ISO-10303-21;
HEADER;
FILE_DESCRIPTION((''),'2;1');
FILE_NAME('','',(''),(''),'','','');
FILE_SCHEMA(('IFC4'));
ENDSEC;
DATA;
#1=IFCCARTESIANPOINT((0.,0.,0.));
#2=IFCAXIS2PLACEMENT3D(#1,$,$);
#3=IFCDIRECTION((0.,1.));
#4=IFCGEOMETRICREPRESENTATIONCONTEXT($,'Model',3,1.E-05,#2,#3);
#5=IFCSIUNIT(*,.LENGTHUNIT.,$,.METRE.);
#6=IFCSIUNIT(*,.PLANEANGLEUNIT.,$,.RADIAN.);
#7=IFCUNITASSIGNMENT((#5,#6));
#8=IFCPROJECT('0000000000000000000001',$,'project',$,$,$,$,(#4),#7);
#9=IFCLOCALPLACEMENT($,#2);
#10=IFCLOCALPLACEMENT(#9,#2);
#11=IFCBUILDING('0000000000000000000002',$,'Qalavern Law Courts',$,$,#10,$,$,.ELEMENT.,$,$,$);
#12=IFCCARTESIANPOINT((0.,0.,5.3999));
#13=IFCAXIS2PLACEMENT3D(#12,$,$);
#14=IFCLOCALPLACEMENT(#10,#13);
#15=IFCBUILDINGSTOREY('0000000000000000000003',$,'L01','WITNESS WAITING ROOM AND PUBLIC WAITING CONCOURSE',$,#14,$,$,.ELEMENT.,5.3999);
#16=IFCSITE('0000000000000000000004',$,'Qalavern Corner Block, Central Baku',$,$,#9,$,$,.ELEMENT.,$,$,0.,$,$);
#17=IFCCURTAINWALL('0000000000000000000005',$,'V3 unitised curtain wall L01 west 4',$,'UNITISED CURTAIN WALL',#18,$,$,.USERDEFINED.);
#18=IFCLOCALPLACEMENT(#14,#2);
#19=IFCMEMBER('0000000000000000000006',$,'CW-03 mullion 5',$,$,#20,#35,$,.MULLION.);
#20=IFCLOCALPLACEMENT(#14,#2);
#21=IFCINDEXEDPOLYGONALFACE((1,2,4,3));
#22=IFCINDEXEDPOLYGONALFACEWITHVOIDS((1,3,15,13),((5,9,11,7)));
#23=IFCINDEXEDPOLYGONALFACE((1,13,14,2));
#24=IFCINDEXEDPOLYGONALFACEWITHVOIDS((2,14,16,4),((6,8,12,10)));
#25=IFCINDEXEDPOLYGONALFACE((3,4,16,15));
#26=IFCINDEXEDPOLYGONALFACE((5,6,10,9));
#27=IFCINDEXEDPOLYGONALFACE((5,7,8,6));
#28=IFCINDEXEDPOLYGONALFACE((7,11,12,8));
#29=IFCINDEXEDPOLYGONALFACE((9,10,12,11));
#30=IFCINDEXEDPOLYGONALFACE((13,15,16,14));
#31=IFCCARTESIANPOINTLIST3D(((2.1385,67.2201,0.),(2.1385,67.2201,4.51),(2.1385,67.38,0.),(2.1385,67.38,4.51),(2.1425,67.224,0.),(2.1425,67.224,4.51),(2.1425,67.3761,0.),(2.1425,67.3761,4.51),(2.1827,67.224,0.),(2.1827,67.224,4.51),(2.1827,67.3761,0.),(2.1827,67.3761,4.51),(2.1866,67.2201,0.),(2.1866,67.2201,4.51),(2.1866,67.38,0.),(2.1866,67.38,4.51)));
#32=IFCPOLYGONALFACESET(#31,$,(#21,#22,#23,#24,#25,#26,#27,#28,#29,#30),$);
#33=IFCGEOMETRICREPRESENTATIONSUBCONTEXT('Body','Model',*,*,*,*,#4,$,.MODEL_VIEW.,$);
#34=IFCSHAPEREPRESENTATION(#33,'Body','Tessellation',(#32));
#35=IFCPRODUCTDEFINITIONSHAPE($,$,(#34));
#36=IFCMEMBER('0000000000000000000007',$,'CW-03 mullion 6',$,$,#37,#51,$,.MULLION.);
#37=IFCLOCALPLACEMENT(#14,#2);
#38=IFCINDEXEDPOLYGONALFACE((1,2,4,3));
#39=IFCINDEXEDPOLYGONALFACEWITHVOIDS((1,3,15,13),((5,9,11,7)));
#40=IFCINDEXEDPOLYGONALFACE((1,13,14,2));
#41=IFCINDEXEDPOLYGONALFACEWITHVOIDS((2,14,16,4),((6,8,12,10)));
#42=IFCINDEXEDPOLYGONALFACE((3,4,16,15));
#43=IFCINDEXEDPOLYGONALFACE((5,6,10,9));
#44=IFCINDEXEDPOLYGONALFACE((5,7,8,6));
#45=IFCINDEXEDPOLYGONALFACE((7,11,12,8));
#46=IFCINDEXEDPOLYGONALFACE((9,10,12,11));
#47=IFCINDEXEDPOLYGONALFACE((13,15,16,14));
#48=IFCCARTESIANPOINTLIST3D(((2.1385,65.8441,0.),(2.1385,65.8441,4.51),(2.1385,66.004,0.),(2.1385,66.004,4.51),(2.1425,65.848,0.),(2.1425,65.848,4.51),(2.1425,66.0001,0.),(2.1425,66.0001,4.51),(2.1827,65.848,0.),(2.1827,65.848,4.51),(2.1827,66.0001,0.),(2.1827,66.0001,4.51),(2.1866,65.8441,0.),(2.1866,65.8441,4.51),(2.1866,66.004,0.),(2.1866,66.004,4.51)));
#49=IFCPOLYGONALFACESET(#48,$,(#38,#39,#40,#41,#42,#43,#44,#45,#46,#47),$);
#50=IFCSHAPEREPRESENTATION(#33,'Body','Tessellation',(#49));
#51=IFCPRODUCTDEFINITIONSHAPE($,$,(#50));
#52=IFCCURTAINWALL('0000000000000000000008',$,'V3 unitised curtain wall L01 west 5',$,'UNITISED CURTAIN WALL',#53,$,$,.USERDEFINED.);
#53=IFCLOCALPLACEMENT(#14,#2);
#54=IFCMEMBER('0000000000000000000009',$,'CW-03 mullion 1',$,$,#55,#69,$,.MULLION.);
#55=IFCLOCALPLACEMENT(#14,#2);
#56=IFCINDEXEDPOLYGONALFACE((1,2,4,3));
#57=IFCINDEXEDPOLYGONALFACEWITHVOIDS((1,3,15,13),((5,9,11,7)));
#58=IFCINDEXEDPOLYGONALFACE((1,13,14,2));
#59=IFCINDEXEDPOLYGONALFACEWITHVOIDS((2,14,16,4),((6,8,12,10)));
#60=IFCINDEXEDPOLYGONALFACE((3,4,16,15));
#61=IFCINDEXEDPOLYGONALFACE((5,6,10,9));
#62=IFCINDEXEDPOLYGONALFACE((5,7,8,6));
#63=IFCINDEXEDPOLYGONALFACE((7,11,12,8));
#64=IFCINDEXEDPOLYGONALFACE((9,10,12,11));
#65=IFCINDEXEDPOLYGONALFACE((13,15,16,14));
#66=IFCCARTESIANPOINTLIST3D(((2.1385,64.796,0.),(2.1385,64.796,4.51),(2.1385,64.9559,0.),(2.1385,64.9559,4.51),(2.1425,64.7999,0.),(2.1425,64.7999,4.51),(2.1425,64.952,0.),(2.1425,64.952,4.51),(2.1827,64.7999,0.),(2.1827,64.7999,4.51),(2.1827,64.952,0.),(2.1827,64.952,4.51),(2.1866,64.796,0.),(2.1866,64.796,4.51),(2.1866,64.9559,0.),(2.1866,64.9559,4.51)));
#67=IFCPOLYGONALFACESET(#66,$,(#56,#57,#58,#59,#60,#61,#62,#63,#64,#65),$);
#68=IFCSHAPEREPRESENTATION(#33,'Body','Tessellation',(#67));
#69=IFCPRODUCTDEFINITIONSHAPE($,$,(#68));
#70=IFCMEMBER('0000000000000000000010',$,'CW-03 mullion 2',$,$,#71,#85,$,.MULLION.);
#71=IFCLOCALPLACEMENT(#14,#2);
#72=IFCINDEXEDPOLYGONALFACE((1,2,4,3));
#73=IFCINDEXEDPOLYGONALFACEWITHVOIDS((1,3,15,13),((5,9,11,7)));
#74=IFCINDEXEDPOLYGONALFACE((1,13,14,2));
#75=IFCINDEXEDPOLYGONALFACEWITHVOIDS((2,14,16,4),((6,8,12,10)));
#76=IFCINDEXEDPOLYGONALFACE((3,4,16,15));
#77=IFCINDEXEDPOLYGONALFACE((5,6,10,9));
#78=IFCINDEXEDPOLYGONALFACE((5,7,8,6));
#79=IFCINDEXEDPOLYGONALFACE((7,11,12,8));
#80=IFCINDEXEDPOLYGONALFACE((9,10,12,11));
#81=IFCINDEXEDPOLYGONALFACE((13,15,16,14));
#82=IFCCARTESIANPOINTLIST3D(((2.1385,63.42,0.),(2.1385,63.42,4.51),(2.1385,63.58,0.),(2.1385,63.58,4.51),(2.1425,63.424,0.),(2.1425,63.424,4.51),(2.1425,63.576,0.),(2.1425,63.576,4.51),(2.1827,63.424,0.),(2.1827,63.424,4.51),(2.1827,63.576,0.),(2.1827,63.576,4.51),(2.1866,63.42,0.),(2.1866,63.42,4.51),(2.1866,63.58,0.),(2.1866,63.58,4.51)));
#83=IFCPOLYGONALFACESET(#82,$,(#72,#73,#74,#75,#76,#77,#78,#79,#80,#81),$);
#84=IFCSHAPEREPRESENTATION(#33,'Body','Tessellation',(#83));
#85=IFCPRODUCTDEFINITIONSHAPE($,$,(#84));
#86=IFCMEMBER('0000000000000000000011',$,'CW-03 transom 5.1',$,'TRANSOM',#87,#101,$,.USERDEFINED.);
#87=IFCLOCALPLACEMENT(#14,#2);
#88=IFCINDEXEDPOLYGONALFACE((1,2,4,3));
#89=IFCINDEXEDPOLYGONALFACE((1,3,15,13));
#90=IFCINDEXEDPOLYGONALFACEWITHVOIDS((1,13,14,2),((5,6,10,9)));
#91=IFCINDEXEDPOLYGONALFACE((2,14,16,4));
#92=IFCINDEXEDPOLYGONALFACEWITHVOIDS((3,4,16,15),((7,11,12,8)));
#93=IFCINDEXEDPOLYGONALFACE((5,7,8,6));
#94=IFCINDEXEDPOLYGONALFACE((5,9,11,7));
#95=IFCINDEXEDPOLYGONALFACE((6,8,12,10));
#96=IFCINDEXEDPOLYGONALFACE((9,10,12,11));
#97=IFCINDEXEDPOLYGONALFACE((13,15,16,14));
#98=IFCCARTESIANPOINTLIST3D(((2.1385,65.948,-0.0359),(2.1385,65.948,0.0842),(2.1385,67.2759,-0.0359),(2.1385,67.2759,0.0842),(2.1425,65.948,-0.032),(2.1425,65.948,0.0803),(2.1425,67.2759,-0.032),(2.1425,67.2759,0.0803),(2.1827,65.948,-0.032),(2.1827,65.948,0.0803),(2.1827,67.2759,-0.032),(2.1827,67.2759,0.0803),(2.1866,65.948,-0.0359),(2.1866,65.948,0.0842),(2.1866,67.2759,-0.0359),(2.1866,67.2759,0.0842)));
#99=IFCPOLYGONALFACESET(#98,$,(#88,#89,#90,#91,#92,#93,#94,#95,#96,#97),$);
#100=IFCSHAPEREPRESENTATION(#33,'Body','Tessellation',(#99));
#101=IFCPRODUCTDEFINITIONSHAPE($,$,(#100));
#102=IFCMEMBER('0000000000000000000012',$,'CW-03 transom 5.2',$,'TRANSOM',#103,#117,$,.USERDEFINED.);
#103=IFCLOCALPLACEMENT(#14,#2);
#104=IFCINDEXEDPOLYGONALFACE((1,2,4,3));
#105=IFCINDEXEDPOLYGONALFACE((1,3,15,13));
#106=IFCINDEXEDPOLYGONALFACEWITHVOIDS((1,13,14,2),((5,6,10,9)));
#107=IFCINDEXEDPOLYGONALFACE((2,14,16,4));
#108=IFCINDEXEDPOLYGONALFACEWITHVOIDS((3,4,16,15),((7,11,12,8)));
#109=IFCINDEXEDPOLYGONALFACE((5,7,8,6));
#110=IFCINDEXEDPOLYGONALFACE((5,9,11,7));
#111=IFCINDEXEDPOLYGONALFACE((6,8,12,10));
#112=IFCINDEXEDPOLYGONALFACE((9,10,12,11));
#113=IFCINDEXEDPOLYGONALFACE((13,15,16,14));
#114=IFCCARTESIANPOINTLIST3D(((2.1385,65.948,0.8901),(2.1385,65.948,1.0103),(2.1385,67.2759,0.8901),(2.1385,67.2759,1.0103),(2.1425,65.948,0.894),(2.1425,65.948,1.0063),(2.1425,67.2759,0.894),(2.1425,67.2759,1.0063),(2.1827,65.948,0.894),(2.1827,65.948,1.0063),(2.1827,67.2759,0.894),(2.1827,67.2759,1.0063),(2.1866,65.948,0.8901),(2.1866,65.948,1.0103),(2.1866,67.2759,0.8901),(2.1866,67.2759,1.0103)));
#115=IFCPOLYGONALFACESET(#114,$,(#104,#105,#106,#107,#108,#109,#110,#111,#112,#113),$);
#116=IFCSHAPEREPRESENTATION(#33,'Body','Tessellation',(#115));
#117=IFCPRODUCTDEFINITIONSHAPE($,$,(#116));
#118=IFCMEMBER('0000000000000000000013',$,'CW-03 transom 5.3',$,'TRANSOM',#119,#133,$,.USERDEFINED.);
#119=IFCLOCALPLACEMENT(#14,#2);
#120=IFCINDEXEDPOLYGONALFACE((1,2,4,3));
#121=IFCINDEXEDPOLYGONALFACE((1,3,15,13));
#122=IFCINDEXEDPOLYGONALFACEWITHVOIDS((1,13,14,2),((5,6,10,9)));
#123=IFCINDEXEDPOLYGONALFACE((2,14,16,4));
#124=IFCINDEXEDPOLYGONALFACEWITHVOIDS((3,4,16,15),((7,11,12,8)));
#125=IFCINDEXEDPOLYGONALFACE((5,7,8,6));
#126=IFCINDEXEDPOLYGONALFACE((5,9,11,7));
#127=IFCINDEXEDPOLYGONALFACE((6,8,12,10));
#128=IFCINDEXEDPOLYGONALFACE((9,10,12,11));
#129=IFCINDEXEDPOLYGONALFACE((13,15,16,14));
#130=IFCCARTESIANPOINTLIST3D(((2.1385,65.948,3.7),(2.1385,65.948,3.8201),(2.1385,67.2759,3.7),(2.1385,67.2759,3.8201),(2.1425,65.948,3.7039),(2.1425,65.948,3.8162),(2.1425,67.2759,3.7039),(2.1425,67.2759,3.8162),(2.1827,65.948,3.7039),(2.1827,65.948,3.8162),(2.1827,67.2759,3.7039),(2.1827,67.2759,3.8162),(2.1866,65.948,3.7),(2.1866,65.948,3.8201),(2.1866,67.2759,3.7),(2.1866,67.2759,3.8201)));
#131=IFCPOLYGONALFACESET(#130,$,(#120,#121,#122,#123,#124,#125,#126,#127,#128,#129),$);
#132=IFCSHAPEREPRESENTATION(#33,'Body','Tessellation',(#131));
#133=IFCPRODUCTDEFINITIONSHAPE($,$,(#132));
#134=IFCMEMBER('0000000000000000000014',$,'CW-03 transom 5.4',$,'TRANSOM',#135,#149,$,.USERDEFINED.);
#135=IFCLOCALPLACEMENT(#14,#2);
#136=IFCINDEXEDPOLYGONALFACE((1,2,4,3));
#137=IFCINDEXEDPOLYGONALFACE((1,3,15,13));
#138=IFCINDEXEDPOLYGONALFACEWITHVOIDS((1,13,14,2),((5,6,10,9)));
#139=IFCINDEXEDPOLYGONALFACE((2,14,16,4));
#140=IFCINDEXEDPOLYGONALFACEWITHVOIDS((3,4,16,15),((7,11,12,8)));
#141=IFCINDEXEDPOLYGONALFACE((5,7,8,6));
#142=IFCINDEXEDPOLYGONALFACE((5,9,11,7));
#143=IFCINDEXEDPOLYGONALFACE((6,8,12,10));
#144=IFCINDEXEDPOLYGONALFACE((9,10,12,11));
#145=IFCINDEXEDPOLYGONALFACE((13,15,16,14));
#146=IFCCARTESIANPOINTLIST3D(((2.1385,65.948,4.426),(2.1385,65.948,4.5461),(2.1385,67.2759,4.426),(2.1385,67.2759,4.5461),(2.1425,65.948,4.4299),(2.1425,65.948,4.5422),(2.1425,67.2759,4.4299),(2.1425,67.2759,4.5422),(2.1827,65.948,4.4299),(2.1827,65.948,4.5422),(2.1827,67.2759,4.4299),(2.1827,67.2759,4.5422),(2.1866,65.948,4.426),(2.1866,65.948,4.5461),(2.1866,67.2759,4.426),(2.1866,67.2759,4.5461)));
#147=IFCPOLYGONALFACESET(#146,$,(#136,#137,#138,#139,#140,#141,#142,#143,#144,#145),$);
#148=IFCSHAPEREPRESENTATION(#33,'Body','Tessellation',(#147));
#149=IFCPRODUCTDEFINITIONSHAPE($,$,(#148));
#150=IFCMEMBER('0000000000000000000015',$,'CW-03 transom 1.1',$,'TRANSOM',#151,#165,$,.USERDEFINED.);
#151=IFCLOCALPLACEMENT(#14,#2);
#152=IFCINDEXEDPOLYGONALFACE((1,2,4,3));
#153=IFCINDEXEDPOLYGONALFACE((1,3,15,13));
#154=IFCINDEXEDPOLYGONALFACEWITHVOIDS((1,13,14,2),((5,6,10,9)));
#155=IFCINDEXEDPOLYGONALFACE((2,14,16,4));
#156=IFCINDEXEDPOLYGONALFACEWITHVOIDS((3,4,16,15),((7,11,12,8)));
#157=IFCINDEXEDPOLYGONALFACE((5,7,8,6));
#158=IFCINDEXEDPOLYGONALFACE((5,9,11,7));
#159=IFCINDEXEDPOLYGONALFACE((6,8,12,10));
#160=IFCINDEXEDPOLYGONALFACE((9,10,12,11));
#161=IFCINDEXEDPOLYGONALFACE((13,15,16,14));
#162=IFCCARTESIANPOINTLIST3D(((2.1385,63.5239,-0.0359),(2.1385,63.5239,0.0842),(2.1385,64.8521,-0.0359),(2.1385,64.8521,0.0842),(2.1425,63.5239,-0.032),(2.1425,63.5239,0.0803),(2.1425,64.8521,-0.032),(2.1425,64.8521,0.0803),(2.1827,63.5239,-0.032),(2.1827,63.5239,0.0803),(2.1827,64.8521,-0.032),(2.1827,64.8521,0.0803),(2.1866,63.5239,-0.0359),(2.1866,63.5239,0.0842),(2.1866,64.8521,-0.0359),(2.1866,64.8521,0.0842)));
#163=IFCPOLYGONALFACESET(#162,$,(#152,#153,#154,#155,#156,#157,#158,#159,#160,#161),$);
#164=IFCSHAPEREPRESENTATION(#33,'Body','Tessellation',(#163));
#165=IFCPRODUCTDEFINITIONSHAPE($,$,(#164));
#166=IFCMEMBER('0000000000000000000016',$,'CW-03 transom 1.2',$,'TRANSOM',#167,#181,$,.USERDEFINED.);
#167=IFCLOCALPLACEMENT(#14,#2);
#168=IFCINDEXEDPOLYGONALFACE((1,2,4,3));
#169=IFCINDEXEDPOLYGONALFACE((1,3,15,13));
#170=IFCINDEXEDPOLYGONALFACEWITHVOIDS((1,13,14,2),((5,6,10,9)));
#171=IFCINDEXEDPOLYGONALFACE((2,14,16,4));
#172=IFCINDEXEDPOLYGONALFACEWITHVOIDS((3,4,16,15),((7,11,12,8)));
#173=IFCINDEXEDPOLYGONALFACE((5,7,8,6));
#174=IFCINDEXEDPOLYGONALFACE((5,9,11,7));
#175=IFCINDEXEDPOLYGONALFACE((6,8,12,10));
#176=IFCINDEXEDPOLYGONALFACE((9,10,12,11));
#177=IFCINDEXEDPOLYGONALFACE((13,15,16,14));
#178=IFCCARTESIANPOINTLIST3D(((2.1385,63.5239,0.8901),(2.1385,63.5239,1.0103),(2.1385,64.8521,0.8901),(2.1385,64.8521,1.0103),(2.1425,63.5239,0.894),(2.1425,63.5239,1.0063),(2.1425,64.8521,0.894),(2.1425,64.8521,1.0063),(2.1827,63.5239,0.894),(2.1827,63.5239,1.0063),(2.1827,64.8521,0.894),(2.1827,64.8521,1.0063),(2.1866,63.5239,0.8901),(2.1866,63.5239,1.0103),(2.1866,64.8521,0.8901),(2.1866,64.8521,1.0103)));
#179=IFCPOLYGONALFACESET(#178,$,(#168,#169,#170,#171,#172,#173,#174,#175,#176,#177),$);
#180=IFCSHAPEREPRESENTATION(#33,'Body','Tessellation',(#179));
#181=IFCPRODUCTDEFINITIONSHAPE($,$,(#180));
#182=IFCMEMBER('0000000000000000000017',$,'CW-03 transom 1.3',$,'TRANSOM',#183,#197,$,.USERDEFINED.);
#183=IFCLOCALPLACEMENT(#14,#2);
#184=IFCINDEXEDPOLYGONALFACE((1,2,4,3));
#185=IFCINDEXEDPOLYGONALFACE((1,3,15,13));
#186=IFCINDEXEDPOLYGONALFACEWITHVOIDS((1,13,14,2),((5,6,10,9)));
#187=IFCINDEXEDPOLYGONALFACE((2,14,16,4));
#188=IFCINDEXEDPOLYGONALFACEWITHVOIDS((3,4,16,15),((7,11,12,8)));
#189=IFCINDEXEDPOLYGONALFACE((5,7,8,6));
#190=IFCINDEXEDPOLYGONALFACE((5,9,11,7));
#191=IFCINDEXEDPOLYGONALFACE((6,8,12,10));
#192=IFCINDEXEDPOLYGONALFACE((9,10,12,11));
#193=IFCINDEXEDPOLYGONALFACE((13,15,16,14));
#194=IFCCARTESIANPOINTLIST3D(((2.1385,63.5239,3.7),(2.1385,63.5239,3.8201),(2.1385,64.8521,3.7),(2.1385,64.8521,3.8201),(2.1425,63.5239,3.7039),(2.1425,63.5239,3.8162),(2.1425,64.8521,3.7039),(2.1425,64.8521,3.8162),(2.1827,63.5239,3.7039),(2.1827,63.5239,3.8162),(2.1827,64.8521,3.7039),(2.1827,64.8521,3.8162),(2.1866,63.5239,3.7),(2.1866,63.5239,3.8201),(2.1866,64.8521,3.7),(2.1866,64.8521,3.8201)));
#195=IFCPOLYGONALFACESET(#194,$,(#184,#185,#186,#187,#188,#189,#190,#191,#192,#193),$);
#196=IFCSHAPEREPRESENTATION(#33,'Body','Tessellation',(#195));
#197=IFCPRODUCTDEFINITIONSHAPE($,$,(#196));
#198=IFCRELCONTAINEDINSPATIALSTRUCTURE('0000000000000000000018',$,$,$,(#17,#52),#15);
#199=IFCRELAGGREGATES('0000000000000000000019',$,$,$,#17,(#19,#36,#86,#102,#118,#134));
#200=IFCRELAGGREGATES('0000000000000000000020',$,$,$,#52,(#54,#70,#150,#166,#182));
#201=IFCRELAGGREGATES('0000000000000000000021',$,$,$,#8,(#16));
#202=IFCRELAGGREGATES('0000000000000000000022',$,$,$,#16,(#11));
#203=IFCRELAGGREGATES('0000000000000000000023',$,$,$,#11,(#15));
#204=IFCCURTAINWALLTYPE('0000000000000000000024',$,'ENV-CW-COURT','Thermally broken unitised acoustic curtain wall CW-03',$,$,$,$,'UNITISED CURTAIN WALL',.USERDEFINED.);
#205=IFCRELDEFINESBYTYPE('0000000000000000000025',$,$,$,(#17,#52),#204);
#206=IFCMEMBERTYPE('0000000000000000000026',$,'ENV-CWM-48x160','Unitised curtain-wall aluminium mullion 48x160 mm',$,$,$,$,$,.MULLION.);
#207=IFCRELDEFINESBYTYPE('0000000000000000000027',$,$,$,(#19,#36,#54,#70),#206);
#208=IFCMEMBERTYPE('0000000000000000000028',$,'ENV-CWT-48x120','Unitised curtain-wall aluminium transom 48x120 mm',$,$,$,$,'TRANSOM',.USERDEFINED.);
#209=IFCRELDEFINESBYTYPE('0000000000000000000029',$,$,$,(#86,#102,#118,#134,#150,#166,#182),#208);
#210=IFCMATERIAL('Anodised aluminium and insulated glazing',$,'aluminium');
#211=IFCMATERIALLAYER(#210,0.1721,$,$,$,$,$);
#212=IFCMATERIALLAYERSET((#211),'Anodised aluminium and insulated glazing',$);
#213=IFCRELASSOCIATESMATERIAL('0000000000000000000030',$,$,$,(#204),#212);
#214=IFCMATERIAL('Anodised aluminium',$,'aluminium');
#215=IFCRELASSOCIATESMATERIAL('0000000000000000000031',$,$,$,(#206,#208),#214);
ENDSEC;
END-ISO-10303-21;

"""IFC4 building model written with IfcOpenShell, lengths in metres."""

from ifc_helpers import new_model, si_unit, direction, frame, origin, origin_2d, place, context, subcontext, project, spatial, hollow_rectangle, extrude, material, layer, layer_set, material_profile, profile_set, type_object, element, aggregate, save


model = new_model("IFC4")

# Units and contexts
model_context = context("Model", 3, precision=1e-05, world=origin(), true_north=direction((0.0, 1.0)))
body_context = subcontext(model_context, "Body", "Model", "MODEL_VIEW")
ifc_project = project(units=[si_unit("LENGTHUNIT", "METRE"), si_unit("PLANEANGLEUNIT", "RADIAN")], contexts=[model_context])

# Site, building, storey
site_placement = place(None, origin())
site = spatial("IfcSite", under=ifc_project, at=site_placement, Name="Qalavern Corner Block, Central Baku", CompositionType="ELEMENT", RefElevation=0.0)
building_placement = place(site_placement, origin())
building = spatial("IfcBuilding", under=site, at=building_placement, Name="Qalavern Law Courts", CompositionType="ELEMENT")
storey_placement = place(building_placement, frame((0.0, 0.0, 5.3999)))
storey = spatial("IfcBuildingStorey", under=building, at=storey_placement, Name="L01", Description="WITNESS WAITING ROOM AND PUBLIC WAITING CONCOURSE", CompositionType="ELEMENT", Elevation=5.3999)

# Curtain walls, members
ifc_material_1 = material(Name="Anodised aluminium and insulated glazing", Category="aluminium")
ifc_layer_1 = layer(ifc_material_1, 0.1721)
ifc_layer_set_1 = layer_set([ifc_layer_1], Name="Anodised aluminium and insulated glazing")
curtain_wall_type = type_object("IfcCurtainWallType", Name="ENV-CW-COURT", Description="Thermally broken unitised acoustic curtain wall CW-03", ElementType="UNITISED CURTAIN WALL", PredefinedType="USERDEFINED", material=ifc_layer_set_1)
curtain_wall_1_placement = place(storey_placement, origin())
curtain_wall_1 = element("IfcCurtainWall", 1, at=curtain_wall_1_placement, inside=storey, type_object=curtain_wall_type, Name="V3 unitised curtain wall L01 west 4", ObjectType="UNITISED CURTAIN WALL", PredefinedType="USERDEFINED")
ifc_material_2 = material(Name="Anodised aluminium", Category="aluminium")
ifc_material_profile_1 = material_profile(ifc_material_2, hollow_rectangle(XDim=0.0481, YDim=0.1599, WallThickness=0.0039, at=origin_2d()), Name="ALU MULLION 48x160")
ifc_profile_set_1 = profile_set([ifc_material_profile_1], Name="Anodised aluminium")
member_type_1 = type_object("IfcMemberType", Name="ENV-CWM-48x160", Description="Unitised curtain-wall aluminium mullion 48x160 mm", PredefinedType="MULLION", material=ifc_profile_set_1)
member_1_placement = place(storey_placement, frame((2.1626, 67.3, 0.0), z_axis=(0.0, 0.0, 1.0), x_axis=(1.0, 0.0, 0.0)))
member_1 = element("IfcMember", 2, at=member_1_placement, type_object=member_type_1, Name="CW-03 mullion 5", PredefinedType="MULLION", context=body_context, shape_type="SweptSolid", body=[
    extrude(hollow_rectangle(XDim=0.0481, YDim=0.1599, WallThickness=0.0039, at=origin_2d()), origin(), (0.0, 0.0, 1.0), 4.51),
])
member_2_placement = place(storey_placement, frame((2.1626, 65.9241, 0.0), z_axis=(0.0, 0.0, 1.0), x_axis=(1.0, 0.0, 0.0)))
member_2 = element("IfcMember", 3, at=member_2_placement, type_object=member_type_1, Name="CW-03 mullion 6", PredefinedType="MULLION", context=body_context, shape_type="SweptSolid", body=[
    extrude(hollow_rectangle(XDim=0.0481, YDim=0.1599, WallThickness=0.0039, at=origin_2d()), origin(), (0.0, 0.0, 1.0), 4.51),
])
curtain_wall_2_placement = place(storey_placement, origin())
curtain_wall_2 = element("IfcCurtainWall", 4, at=curtain_wall_2_placement, inside=storey, type_object=curtain_wall_type, Name="V3 unitised curtain wall L01 west 5", ObjectType="UNITISED CURTAIN WALL", PredefinedType="USERDEFINED")
member_3_placement = place(storey_placement, frame((2.1626, 64.876, 0.0), z_axis=(0.0, 0.0, 1.0), x_axis=(1.0, 0.0, 0.0)))
member_3 = element("IfcMember", 5, at=member_3_placement, type_object=member_type_1, Name="CW-03 mullion 1", PredefinedType="MULLION", context=body_context, shape_type="SweptSolid", body=[
    extrude(hollow_rectangle(XDim=0.0481, YDim=0.1599, WallThickness=0.0039, at=origin_2d()), origin(), (0.0, 0.0, 1.0), 4.51),
])
member_4_placement = place(storey_placement, frame((2.1626, 63.5, 0.0), z_axis=(0.0, 0.0, 1.0), x_axis=(1.0, 0.0, 0.0)))
member_4 = element("IfcMember", 6, at=member_4_placement, type_object=member_type_1, Name="CW-03 mullion 2", PredefinedType="MULLION", context=body_context, shape_type="SweptSolid", body=[
    extrude(hollow_rectangle(XDim=0.0481, YDim=0.1599, WallThickness=0.0039, at=origin_2d()), origin(), (0.0, 0.0, 1.0), 4.51),
])

# Members
ifc_material_profile_2 = material_profile(ifc_material_2, hollow_rectangle(XDim=0.0481, YDim=0.1201, WallThickness=0.0039, at=origin_2d()), Name="ALU TRANSOM 48x120")
ifc_profile_set_2 = profile_set([ifc_material_profile_2], Name="Anodised aluminium")
member_type_2 = type_object("IfcMemberType", Name="ENV-CWT-48x120", Description="Unitised curtain-wall aluminium transom 48x120 mm", ElementType="TRANSOM", PredefinedType="USERDEFINED", material=ifc_profile_set_2)
member_5_placement = place(storey_placement, frame((2.1626, 67.2759, 0.0242), z_axis=(0.0, -1.0, 0.0), x_axis=(1.0, 0.0, 0.0)))
member_5 = element("IfcMember", 7, at=member_5_placement, type_object=member_type_2, Name="CW-03 transom 5.1", ObjectType="TRANSOM", PredefinedType="USERDEFINED", context=body_context, shape_type="SweptSolid", body=[
    extrude(hollow_rectangle(XDim=0.0481, YDim=0.1201, WallThickness=0.0039, at=origin_2d()), origin(), (0.0, 0.0, 1.0), 1.3279),
])
member_6_placement = place(storey_placement, frame((2.1626, 67.2759, 0.9502), z_axis=(0.0, -1.0, 0.0), x_axis=(1.0, 0.0, 0.0)))
member_6 = element("IfcMember", 8, at=member_6_placement, type_object=member_type_2, Name="CW-03 transom 5.2", ObjectType="TRANSOM", PredefinedType="USERDEFINED", context=body_context, shape_type="SweptSolid", body=[
    extrude(hollow_rectangle(XDim=0.0481, YDim=0.1201, WallThickness=0.0039, at=origin_2d()), origin(), (0.0, 0.0, 1.0), 1.3279),
])
member_7_placement = place(storey_placement, frame((2.1626, 67.2759, 3.76), z_axis=(0.0, -1.0, 0.0), x_axis=(1.0, 0.0, 0.0)))
member_7 = element("IfcMember", 9, at=member_7_placement, type_object=member_type_2, Name="CW-03 transom 5.3", ObjectType="TRANSOM", PredefinedType="USERDEFINED", context=body_context, shape_type="SweptSolid", body=[
    extrude(hollow_rectangle(XDim=0.0481, YDim=0.1201, WallThickness=0.0039, at=origin_2d()), origin(), (0.0, 0.0, 1.0), 1.3279),
])
member_8_placement = place(storey_placement, frame((2.1626, 67.2759, 4.4861), z_axis=(0.0, -1.0, 0.0), x_axis=(1.0, 0.0, 0.0)))
member_8 = element("IfcMember", 10, at=member_8_placement, type_object=member_type_2, Name="CW-03 transom 5.4", ObjectType="TRANSOM", PredefinedType="USERDEFINED", context=body_context, shape_type="SweptSolid", body=[
    extrude(hollow_rectangle(XDim=0.0481, YDim=0.1201, WallThickness=0.0039, at=origin_2d()), origin(), (0.0, 0.0, 1.0), 1.3279),
])
member_9_placement = place(storey_placement, frame((2.1626, 64.8521, 0.0242), z_axis=(0.0, -1.0, 0.0), x_axis=(1.0, 0.0, 0.0)))
member_9 = element("IfcMember", 11, at=member_9_placement, type_object=member_type_2, Name="CW-03 transom 1.1", ObjectType="TRANSOM", PredefinedType="USERDEFINED", context=body_context, shape_type="SweptSolid", body=[
    extrude(hollow_rectangle(XDim=0.0481, YDim=0.1201, WallThickness=0.0039, at=origin_2d()), origin(), (0.0, 0.0, 1.0), 1.3281),
])
member_10_placement = place(storey_placement, frame((2.1626, 64.8521, 0.9502), z_axis=(0.0, -1.0, 0.0), x_axis=(1.0, 0.0, 0.0)))
member_10 = element("IfcMember", 12, at=member_10_placement, type_object=member_type_2, Name="CW-03 transom 1.2", ObjectType="TRANSOM", PredefinedType="USERDEFINED", context=body_context, shape_type="SweptSolid", body=[
    extrude(hollow_rectangle(XDim=0.0481, YDim=0.1201, WallThickness=0.0039, at=origin_2d()), origin(), (0.0, 0.0, 1.0), 1.3281),
])
member_11_placement = place(storey_placement, frame((2.1626, 64.8521, 3.76), z_axis=(0.0, -1.0, 0.0), x_axis=(1.0, 0.0, 0.0)))
member_11 = element("IfcMember", 13, at=member_11_placement, type_object=member_type_2, Name="CW-03 transom 1.3", ObjectType="TRANSOM", PredefinedType="USERDEFINED", context=body_context, shape_type="SweptSolid", body=[
    extrude(hollow_rectangle(XDim=0.0481, YDim=0.1201, WallThickness=0.0039, at=origin_2d()), origin(), (0.0, 0.0, 1.0), 1.3281),
])

aggregate(curtain_wall_1, [member_1, member_2, member_5, member_6, member_7, member_8])
aggregate(curtain_wall_2, [member_3, member_4, member_9, member_10, member_11])

save(model, "model.ifc")
